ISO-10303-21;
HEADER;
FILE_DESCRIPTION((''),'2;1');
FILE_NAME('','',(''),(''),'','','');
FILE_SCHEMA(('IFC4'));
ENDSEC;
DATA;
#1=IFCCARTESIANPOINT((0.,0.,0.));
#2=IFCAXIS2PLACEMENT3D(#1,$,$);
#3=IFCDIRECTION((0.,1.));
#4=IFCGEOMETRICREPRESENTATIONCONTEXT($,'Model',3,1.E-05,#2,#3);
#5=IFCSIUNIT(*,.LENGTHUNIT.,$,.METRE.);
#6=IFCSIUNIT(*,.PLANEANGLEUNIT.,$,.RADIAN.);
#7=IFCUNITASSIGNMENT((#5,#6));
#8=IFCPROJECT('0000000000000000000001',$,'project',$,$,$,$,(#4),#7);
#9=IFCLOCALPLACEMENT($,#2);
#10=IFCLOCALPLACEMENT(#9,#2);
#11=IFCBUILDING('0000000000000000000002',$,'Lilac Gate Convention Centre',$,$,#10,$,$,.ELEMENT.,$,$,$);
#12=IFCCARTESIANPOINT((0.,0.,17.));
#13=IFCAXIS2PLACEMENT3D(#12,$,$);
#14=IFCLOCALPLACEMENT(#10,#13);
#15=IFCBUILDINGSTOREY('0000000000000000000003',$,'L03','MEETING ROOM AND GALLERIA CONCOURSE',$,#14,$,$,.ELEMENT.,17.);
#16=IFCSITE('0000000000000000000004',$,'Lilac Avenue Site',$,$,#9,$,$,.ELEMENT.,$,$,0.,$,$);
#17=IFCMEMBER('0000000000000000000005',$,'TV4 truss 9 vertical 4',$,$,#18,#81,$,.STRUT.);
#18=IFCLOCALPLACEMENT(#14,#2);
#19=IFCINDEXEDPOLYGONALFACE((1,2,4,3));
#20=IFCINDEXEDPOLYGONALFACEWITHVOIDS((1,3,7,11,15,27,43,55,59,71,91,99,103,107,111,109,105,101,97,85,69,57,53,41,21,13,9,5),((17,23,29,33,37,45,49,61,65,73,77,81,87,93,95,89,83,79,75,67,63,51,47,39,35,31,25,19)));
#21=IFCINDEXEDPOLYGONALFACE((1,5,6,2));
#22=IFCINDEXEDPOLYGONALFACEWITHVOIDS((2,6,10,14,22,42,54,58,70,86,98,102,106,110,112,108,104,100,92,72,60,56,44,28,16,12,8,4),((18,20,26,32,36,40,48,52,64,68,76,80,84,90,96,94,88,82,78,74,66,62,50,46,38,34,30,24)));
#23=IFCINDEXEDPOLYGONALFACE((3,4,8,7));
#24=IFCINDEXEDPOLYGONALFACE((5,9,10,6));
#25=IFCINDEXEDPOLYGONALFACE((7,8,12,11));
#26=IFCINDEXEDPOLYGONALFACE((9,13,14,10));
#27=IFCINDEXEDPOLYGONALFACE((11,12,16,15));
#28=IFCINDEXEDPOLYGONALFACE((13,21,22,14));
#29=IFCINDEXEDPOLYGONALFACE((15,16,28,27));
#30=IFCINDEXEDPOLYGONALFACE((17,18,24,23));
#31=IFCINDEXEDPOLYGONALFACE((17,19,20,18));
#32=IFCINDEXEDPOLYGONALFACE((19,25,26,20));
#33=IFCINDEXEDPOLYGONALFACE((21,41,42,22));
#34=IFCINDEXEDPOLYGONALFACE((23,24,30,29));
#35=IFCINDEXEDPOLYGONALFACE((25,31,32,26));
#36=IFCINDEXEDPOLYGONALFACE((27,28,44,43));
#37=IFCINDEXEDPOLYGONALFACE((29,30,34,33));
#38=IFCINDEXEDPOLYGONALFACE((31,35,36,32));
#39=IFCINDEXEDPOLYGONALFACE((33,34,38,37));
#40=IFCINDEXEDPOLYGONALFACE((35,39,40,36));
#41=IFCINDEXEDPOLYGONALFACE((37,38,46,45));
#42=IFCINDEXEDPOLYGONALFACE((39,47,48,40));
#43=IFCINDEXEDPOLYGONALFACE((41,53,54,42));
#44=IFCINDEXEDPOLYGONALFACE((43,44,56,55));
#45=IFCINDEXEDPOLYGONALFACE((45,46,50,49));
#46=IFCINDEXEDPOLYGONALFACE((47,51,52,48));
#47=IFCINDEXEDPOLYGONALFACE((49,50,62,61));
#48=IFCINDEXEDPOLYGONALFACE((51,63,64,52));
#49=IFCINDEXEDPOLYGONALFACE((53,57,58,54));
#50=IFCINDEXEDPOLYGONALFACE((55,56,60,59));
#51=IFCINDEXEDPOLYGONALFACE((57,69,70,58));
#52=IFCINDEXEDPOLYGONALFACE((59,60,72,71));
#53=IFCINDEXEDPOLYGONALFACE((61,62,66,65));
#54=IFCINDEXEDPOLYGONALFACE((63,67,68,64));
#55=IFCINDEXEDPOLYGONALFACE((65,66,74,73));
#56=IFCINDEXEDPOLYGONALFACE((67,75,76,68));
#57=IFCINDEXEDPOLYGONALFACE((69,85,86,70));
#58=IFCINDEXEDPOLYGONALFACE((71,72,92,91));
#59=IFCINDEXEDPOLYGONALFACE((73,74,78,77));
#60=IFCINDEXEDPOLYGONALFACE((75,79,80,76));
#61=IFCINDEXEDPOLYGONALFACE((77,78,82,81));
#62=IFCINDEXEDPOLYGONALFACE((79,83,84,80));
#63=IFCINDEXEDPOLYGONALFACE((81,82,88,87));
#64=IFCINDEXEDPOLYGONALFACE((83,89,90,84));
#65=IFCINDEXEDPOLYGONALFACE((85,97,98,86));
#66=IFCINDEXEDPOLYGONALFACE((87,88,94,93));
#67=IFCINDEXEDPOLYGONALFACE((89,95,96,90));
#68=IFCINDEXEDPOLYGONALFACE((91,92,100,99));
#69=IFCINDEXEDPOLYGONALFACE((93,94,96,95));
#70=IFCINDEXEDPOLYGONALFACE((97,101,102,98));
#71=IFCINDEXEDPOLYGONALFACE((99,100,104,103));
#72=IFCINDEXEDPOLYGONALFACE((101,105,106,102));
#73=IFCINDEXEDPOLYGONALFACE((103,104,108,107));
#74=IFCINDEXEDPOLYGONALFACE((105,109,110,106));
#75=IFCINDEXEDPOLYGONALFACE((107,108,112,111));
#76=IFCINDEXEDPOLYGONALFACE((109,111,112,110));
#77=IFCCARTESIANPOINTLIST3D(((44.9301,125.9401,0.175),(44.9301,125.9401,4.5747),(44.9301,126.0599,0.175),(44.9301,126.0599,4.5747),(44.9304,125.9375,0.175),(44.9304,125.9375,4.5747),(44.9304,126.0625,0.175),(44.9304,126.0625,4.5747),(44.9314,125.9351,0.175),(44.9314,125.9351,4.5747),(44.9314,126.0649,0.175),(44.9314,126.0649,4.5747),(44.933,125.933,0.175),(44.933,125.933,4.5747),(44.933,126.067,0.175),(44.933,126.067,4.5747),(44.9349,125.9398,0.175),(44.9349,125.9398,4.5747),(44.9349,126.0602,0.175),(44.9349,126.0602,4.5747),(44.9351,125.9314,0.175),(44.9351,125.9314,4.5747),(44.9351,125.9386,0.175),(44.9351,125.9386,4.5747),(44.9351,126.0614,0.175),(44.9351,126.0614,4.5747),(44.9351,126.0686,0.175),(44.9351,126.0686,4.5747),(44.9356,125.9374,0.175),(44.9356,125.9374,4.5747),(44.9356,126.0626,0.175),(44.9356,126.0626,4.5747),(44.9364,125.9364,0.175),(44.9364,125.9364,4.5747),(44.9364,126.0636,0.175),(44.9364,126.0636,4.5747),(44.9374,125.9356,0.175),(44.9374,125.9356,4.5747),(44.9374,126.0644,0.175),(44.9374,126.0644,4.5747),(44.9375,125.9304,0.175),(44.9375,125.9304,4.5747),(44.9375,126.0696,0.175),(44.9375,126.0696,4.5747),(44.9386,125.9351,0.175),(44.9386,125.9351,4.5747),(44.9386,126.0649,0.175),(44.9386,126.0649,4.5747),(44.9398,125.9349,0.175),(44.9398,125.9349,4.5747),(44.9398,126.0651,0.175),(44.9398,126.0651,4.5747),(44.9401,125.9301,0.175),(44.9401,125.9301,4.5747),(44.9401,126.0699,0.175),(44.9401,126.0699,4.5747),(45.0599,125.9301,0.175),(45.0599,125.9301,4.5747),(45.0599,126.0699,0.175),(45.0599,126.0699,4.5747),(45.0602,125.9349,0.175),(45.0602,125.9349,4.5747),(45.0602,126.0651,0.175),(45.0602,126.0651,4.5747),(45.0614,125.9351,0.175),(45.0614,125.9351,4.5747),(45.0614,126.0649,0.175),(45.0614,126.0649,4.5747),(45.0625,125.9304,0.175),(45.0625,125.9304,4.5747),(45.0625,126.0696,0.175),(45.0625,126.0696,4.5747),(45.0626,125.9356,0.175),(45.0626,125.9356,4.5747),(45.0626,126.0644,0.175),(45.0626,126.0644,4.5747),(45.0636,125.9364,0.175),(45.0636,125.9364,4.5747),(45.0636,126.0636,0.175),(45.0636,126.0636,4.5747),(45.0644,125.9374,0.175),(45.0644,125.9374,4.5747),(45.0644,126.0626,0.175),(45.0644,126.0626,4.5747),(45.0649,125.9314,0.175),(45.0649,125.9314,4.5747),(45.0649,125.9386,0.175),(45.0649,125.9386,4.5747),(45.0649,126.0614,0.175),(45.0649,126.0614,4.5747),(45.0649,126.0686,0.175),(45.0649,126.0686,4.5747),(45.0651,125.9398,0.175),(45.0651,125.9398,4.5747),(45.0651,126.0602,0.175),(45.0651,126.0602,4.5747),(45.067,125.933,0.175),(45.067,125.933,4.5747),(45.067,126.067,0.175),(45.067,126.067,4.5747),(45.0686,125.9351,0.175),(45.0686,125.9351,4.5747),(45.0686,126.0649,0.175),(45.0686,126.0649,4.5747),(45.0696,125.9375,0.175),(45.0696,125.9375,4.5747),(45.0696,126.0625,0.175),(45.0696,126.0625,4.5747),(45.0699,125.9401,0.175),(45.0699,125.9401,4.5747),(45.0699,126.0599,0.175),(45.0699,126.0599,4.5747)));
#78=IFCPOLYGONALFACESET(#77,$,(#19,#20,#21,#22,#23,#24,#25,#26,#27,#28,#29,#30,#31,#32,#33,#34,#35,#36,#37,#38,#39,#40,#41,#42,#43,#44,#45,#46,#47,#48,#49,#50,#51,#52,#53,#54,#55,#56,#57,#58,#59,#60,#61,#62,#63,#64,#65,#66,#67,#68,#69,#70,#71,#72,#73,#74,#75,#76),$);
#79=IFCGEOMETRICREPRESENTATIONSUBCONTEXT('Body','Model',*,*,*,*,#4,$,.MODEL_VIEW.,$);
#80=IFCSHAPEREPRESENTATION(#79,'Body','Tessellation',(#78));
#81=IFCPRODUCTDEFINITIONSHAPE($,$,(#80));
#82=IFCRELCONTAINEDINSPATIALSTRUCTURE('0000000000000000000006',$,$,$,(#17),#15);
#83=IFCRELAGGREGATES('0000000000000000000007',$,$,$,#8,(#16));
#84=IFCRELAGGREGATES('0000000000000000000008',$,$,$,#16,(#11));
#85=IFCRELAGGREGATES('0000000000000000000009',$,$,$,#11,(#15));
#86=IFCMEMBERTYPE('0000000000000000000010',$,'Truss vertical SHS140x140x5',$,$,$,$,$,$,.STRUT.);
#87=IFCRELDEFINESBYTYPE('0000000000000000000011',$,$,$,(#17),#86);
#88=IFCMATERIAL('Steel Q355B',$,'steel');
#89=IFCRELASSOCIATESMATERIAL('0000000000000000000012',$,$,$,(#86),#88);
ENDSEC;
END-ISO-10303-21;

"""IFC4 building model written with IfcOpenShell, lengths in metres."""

from ifc_helpers import new_model, si_unit, direction, frame, origin, origin_2d, place, context, subcontext, project, spatial, hollow_rectangle, extrude, material, material_profile, profile_set, type_object, element, save


model = new_model("IFC4")

# Units and contexts
model_context = context("Model", 3, precision=1e-05, world=origin(), true_north=direction((0.0, 1.0)))
body_context = subcontext(model_context, "Body", "Model", "MODEL_VIEW")
ifc_project = project(units=[si_unit("LENGTHUNIT", "METRE"), si_unit("PLANEANGLEUNIT", "RADIAN")], contexts=[model_context])

# Site, building, storey
site_placement = place(None, origin())
site = spatial("IfcSite", under=ifc_project, at=site_placement, Name="Lilac Avenue Site", CompositionType="ELEMENT", RefElevation=0.0)
building_placement = place(site_placement, origin())
building = spatial("IfcBuilding", under=site, at=building_placement, Name="Lilac Gate Convention Centre", CompositionType="ELEMENT")
storey_placement = place(building_placement, frame((0.0, 0.0, 17.0)))
storey = spatial("IfcBuildingStorey", under=building, at=storey_placement, Name="L03", Description="MEETING ROOM AND GALLERIA CONCOURSE", CompositionType="ELEMENT", Elevation=17.0)

# Member
ifc_material = material(Name="Steel Q355B", Category="steel")
ifc_material_profile_1 = material_profile(ifc_material, hollow_rectangle(XDim=0.1399, YDim=0.1399, WallThickness=0.0049, InnerFilletRadius=0.0049, OuterFilletRadius=0.01, at=origin_2d()), Name="SHS140x140x5")
ifc_profile_set_1 = profile_set([ifc_material_profile_1], Name="Steel Q355B")
member_type_1 = type_object("IfcMemberType", Name="Truss vertical SHS140x140x5", PredefinedType="STRUT", material=ifc_profile_set_1)
member_1_placement = place(storey_placement, frame((45.0, 126.0, 0.175), z_axis=(0.0, 0.0, 1.0), x_axis=(1.0, 0.0, 0.0)))
element("IfcMember", 1, at=member_1_placement, inside=storey, type_object=member_type_1, Name="TV4 truss 9 vertical 4", PredefinedType="STRUT", context=body_context, shape_type="SweptSolid", body=[
    extrude(hollow_rectangle(XDim=0.1399, YDim=0.1399, WallThickness=0.0049, InnerFilletRadius=0.0049, OuterFilletRadius=0.01, at=origin_2d()), origin(), (0.0, 0.0, 1.0), 4.3997),
])

save(model, "model.ifc")
